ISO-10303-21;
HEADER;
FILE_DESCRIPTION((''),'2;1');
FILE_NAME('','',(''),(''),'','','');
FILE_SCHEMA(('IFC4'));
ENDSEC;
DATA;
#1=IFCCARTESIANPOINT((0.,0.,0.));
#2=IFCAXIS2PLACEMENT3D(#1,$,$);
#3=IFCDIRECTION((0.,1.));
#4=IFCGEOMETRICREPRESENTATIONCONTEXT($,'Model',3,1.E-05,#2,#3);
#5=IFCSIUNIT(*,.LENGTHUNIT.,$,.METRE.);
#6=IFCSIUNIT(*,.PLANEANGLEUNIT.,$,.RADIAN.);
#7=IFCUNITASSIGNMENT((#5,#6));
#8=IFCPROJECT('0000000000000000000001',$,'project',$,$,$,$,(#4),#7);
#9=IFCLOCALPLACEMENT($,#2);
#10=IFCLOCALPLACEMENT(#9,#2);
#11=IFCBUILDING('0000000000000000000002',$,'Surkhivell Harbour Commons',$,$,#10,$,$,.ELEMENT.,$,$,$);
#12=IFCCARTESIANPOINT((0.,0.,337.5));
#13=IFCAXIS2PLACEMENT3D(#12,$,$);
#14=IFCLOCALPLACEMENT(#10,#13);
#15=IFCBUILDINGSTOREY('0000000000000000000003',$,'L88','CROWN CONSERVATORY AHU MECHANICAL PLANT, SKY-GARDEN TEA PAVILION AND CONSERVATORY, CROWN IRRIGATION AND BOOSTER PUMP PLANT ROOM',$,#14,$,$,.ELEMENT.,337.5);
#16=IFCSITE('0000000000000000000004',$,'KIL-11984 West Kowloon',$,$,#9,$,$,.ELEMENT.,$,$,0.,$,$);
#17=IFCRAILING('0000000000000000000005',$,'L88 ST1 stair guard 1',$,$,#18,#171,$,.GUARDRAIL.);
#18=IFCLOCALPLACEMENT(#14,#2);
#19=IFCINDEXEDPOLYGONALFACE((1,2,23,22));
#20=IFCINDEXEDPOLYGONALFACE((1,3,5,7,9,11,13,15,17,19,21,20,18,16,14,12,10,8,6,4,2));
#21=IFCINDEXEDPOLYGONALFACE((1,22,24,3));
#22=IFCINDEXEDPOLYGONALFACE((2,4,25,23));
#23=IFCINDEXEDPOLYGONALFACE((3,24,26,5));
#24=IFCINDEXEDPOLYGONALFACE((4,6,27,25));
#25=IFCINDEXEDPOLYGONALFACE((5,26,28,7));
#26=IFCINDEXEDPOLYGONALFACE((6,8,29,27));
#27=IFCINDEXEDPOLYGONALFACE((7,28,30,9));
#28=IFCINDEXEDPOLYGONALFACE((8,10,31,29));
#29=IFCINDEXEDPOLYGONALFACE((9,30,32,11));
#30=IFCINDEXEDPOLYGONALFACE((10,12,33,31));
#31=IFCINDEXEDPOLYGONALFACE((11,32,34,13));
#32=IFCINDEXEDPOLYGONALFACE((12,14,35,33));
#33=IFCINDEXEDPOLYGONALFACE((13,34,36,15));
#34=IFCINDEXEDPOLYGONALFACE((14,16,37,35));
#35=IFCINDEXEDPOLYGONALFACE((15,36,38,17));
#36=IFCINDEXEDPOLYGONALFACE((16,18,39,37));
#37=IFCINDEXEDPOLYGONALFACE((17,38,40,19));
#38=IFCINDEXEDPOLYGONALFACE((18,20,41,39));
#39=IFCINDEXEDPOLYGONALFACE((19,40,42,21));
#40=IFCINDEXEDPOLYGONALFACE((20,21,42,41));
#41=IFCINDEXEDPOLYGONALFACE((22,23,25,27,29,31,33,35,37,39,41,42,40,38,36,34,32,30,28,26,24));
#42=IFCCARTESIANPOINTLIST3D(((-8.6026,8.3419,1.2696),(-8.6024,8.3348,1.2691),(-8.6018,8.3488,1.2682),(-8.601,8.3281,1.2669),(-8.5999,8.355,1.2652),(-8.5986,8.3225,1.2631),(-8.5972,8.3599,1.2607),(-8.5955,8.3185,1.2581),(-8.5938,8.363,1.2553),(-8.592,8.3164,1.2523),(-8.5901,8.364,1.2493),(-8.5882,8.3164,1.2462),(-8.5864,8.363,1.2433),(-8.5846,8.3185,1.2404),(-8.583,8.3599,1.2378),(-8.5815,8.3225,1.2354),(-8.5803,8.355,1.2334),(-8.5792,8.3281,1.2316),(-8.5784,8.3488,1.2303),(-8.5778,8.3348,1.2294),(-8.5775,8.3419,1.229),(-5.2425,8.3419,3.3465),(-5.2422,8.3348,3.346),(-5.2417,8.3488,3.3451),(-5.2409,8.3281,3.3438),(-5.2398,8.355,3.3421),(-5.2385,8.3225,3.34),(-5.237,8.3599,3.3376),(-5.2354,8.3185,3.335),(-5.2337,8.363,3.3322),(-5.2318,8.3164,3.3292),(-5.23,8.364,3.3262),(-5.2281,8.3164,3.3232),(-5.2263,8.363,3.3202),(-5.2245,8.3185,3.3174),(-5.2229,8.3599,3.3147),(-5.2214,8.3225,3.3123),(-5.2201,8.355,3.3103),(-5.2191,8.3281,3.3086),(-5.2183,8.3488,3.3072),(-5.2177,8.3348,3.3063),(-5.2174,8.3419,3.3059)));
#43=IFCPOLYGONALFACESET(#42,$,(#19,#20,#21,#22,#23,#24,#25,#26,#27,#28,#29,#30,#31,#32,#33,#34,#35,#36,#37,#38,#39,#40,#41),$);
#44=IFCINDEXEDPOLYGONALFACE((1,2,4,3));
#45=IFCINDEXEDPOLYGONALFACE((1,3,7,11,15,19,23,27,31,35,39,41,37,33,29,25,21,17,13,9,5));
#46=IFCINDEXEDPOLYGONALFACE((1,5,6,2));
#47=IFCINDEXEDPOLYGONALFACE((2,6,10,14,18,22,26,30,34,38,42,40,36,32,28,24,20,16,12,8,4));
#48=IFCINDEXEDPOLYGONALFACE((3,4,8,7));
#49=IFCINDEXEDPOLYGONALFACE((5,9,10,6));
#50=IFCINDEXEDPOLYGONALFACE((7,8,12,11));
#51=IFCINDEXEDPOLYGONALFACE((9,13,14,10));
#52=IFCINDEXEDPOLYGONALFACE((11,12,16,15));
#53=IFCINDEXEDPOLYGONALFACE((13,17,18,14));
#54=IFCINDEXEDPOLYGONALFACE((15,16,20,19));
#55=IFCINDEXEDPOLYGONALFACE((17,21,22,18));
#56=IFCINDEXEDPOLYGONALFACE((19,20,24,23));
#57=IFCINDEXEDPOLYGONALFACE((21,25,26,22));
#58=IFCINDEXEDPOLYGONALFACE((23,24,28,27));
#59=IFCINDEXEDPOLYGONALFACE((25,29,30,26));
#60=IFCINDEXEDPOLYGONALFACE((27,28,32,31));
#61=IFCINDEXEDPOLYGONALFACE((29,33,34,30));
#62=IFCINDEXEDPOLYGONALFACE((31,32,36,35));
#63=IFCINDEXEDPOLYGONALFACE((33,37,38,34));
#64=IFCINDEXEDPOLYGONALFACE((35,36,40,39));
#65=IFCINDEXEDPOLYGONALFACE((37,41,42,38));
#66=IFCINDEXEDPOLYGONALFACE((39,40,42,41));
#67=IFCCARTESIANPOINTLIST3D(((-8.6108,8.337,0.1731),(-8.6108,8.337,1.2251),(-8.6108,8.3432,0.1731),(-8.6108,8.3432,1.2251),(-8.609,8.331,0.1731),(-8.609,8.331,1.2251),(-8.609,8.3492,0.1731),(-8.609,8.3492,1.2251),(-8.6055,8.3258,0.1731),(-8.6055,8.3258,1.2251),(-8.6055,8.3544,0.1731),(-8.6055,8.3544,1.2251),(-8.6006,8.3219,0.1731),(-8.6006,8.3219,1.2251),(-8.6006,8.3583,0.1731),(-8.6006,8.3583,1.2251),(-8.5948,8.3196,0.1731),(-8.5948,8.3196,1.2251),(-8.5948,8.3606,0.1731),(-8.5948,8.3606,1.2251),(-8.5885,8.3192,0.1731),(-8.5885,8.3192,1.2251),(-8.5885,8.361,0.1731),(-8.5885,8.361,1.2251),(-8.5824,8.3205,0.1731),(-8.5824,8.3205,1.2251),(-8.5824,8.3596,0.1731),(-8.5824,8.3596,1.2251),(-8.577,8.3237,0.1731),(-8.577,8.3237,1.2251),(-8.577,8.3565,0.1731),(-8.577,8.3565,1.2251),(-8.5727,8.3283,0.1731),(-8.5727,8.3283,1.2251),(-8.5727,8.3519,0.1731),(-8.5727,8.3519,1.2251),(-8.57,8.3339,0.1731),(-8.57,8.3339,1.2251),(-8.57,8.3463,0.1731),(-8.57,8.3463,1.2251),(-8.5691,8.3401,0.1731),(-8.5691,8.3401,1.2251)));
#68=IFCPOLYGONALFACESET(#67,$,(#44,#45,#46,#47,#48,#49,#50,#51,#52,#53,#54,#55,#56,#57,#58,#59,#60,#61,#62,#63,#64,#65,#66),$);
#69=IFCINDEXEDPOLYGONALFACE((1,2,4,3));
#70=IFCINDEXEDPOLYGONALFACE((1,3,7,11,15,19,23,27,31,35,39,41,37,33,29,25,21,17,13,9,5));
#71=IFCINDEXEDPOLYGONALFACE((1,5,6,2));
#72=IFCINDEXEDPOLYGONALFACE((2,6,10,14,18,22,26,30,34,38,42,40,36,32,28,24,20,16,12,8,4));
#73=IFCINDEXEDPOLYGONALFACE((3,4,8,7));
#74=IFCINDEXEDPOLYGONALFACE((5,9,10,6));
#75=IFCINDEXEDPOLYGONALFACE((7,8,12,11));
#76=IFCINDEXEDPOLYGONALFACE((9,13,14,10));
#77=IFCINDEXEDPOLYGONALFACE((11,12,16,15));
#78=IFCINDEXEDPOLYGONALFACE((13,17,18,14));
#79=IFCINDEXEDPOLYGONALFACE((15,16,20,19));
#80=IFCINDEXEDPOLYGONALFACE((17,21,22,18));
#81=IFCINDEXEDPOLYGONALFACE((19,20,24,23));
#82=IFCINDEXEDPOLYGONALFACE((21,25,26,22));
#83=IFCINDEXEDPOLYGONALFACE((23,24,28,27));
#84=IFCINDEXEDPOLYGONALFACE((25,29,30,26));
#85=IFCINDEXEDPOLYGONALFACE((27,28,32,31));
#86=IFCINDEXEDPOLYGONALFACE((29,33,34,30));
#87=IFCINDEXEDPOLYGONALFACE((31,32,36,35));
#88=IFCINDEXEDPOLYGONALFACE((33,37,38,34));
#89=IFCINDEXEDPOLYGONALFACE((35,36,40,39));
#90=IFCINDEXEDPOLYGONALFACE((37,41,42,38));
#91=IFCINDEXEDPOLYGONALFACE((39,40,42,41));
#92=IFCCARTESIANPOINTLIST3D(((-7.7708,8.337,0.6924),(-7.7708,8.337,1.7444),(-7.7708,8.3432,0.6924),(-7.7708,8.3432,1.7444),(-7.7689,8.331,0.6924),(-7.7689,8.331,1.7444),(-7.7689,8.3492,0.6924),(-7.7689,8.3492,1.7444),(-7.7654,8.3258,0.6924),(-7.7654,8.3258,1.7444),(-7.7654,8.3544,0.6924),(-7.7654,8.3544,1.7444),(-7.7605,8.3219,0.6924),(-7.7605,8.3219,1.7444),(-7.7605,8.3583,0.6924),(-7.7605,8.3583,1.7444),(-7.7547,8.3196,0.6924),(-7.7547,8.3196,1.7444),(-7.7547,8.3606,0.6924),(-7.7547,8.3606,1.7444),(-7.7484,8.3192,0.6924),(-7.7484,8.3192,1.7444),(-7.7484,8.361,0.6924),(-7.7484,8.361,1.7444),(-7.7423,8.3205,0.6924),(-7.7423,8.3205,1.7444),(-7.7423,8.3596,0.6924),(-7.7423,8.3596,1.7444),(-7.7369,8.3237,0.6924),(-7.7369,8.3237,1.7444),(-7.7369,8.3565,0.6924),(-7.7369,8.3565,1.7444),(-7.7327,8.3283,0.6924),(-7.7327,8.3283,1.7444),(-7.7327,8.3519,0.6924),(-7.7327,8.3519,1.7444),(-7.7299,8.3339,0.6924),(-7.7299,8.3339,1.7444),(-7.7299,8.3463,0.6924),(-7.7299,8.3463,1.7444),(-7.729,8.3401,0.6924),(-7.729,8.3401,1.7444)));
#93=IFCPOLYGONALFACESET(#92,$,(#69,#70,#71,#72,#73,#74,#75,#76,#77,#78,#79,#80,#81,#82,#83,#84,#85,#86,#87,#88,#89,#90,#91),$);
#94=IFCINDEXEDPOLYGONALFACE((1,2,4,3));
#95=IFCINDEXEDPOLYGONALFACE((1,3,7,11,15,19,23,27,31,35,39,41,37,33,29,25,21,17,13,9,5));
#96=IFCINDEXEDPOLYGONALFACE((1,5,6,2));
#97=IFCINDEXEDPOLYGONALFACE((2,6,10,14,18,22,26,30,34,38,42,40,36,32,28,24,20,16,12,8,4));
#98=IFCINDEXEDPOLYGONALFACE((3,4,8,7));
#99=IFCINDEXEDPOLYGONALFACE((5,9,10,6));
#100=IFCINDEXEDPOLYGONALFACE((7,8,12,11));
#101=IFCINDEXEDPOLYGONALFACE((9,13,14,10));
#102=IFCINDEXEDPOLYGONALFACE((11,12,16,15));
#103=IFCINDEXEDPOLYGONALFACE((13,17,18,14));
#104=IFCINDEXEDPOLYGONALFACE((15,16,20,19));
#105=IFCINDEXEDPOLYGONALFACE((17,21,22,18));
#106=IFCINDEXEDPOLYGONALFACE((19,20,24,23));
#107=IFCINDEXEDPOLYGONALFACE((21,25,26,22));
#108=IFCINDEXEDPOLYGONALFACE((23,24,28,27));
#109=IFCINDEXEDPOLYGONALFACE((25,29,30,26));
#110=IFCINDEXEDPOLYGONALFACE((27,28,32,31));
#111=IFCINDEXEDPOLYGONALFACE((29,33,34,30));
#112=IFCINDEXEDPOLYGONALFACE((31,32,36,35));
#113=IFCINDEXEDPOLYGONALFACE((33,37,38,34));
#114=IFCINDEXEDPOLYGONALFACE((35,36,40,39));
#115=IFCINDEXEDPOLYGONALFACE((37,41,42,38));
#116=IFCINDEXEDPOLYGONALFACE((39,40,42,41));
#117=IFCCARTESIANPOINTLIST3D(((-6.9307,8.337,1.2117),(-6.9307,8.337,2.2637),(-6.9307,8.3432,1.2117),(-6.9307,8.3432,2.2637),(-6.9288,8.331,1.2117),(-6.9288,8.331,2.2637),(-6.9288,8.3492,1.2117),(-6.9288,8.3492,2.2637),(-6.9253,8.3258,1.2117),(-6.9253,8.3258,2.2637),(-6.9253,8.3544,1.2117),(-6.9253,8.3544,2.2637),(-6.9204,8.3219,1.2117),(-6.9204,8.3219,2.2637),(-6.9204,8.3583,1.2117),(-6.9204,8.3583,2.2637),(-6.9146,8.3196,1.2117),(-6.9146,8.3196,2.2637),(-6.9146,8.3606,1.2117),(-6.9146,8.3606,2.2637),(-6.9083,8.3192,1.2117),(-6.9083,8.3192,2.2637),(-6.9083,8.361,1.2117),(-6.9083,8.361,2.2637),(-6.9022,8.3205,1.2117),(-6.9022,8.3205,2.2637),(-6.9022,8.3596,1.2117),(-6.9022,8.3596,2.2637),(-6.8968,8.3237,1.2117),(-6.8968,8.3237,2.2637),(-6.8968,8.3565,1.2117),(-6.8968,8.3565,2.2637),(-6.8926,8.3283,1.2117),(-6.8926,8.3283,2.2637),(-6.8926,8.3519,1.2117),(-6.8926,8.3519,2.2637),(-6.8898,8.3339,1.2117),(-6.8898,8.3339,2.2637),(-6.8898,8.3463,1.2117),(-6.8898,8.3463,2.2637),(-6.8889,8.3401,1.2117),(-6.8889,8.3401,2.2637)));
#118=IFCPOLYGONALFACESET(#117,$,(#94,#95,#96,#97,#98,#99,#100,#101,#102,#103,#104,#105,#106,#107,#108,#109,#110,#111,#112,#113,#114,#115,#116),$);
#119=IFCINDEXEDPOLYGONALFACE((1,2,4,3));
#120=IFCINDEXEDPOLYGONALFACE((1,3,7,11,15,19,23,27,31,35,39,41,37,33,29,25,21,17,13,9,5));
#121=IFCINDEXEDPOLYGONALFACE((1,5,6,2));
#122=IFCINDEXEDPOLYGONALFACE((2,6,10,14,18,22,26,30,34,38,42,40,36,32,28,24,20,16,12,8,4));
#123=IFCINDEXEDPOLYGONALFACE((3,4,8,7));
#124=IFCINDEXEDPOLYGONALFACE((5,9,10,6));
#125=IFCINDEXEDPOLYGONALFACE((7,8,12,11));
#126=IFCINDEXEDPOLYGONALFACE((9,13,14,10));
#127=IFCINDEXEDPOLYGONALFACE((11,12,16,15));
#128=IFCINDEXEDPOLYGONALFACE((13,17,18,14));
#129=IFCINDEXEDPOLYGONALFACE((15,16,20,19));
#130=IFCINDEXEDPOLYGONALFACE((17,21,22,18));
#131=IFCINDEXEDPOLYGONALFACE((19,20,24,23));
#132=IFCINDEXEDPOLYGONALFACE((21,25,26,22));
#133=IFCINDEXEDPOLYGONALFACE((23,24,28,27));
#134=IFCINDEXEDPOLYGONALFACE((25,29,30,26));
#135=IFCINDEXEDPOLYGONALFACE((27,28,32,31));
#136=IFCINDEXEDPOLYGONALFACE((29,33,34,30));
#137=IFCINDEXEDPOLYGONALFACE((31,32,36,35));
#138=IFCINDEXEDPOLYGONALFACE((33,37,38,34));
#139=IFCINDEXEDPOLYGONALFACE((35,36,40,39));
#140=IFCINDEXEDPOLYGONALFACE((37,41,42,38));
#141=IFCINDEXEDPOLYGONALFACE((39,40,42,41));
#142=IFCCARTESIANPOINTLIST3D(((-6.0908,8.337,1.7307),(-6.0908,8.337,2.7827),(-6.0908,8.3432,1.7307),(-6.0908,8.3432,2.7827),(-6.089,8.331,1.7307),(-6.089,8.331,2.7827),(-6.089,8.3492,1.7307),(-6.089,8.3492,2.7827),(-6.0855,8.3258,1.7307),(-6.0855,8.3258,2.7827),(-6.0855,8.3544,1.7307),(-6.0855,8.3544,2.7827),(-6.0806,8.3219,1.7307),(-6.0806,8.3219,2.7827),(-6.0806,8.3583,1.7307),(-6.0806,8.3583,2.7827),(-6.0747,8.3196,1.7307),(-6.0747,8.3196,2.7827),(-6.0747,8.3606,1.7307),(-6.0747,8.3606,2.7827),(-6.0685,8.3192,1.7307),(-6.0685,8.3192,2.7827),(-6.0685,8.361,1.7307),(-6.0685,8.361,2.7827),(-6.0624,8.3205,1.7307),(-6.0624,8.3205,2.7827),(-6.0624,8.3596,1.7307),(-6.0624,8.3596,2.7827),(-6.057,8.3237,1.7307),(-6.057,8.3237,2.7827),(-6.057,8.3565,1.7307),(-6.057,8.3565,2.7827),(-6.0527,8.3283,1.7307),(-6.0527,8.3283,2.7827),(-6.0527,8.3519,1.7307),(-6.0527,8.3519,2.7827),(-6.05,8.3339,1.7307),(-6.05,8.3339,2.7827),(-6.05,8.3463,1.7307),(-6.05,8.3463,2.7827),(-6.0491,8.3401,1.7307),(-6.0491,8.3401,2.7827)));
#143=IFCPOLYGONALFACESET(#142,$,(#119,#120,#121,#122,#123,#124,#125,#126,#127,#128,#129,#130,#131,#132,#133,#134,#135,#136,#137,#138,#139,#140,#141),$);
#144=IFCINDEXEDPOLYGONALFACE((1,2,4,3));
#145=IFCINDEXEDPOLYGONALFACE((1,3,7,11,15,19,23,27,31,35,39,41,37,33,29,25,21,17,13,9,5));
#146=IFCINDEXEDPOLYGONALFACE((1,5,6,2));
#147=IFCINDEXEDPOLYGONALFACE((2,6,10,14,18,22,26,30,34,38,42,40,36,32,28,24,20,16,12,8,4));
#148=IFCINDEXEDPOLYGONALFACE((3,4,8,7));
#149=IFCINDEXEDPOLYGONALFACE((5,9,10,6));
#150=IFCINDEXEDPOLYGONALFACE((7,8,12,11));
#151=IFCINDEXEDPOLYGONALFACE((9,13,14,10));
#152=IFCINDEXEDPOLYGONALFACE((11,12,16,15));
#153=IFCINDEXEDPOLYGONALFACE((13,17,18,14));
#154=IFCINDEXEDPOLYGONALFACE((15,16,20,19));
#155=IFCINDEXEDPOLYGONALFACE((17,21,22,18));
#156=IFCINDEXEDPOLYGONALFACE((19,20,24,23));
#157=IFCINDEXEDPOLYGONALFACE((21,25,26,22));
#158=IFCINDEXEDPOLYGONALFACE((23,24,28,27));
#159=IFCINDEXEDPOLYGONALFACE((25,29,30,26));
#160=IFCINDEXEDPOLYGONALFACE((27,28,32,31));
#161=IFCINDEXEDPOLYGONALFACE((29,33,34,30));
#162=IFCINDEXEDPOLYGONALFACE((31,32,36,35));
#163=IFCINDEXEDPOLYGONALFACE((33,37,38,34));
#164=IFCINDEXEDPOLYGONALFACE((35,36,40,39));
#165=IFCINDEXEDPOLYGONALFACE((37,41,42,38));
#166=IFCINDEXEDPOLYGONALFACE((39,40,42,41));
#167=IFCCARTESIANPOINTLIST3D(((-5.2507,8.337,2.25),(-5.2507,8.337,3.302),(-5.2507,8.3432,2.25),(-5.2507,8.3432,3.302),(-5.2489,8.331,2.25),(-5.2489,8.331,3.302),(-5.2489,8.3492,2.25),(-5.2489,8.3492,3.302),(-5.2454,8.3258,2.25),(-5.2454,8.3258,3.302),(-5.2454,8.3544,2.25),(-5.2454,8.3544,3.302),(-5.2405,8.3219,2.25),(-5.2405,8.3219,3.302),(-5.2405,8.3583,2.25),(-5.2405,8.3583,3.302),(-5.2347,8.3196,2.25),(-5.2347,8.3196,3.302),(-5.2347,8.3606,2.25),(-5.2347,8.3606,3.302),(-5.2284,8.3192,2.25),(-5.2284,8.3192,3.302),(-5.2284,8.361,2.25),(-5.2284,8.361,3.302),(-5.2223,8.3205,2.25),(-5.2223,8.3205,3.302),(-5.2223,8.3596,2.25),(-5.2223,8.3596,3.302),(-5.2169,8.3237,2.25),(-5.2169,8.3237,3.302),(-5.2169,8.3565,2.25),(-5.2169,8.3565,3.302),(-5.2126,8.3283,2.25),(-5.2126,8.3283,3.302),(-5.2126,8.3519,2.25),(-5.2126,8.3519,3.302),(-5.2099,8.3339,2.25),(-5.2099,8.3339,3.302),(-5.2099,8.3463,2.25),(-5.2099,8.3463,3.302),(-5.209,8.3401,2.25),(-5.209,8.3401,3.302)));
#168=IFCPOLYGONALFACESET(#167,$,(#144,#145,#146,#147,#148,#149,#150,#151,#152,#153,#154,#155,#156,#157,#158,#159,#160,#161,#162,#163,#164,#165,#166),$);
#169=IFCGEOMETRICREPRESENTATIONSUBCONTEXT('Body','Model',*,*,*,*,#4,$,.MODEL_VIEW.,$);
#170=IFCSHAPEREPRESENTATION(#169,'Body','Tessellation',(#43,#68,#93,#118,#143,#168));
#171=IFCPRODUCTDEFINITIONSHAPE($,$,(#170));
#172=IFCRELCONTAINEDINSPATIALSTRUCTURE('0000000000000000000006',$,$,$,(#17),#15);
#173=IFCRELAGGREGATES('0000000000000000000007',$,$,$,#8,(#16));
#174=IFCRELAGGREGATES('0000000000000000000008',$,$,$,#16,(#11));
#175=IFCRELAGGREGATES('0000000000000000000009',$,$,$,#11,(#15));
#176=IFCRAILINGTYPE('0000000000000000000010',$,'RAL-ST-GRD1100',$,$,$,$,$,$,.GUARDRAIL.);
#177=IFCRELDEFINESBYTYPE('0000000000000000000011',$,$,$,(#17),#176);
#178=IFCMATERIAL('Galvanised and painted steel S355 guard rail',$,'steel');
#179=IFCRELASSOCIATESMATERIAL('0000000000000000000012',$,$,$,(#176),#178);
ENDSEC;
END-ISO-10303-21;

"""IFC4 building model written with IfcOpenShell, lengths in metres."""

from ifc_helpers import new_model, si_unit, direction, frame, origin, origin_2d, place, context, subcontext, project, spatial, circle, extrude, material, type_object, element, save


model = new_model("IFC4")

# Units and contexts
model_context = context("Model", 3, precision=1e-05, world=origin(), true_north=direction((0.0, 1.0)))
body_context = subcontext(model_context, "Body", "Model", "MODEL_VIEW")
ifc_project = project(units=[si_unit("LENGTHUNIT", "METRE"), si_unit("PLANEANGLEUNIT", "RADIAN")], contexts=[model_context])

# Site, building, storey
site_placement = place(None, origin())
site = spatial("IfcSite", under=ifc_project, at=site_placement, Name="KIL-11984 West Kowloon", CompositionType="ELEMENT", RefElevation=0.0)
building_placement = place(site_placement, origin())
building = spatial("IfcBuilding", under=site, at=building_placement, Name="Surkhivell Harbour Commons", CompositionType="ELEMENT")
storey_placement = place(building_placement, frame((0.0, 0.0, 337.5)))
storey = spatial("IfcBuildingStorey", under=building, at=storey_placement, Name="L88", Description="CROWN CONSERVATORY AHU MECHANICAL PLANT, SKY-GARDEN TEA PAVILION AND CONSERVATORY, CROWN IRRIGATION AND BOOSTER PUMP PLANT ROOM", CompositionType="ELEMENT", Elevation=337.5)

# Railing
ifc_material_1 = material(Name="Galvanised and painted steel S355 guard rail", Category="steel")
railing_type_1 = type_object("IfcRailingType", Name="RAL-ST-GRD1100", PredefinedType="GUARDRAIL", material=ifc_material_1)
railing_1_placement = place(storey_placement, frame((-8.5901, 8.3401, 0.1731)))
element("IfcRailing", 1, at=railing_1_placement, inside=storey, type_object=railing_type_1, Name="L88 ST1 stair guard 1", PredefinedType="GUARDRAIL", context=body_context, shape_type="SweptSolid", body=[
    extrude(circle(Radius=0.0239, at=origin_2d()), frame((0.0, 0.0, 1.0762), z_axis=(0.850623, 0.0, 0.525776), x_axis=(0.0, 1.0, 0.0)), (0.0, 0.0, 1.0), 3.9502),
    extrude(circle(Radius=0.021, at=origin_2d()), origin(), (0.0, 0.0, 1.0), 1.052),
    extrude(circle(Radius=0.021, at=origin_2d()), frame((0.8401, 0.0, 0.5193)), (0.0, 0.0, 1.0), 1.052),
    extrude(circle(Radius=0.021, at=origin_2d()), frame((1.6802, 0.0, 1.0386)), (0.0, 0.0, 1.0), 1.052),
    extrude(circle(Radius=0.021, at=origin_2d()), frame((2.52, 0.0, 1.5576)), (0.0, 0.0, 1.0), 1.052),
    extrude(circle(Radius=0.021, at=origin_2d()), frame((3.3601, 0.0, 2.0769)), (0.0, 0.0, 1.0), 1.052),
])

save(model, "model.ifc")
